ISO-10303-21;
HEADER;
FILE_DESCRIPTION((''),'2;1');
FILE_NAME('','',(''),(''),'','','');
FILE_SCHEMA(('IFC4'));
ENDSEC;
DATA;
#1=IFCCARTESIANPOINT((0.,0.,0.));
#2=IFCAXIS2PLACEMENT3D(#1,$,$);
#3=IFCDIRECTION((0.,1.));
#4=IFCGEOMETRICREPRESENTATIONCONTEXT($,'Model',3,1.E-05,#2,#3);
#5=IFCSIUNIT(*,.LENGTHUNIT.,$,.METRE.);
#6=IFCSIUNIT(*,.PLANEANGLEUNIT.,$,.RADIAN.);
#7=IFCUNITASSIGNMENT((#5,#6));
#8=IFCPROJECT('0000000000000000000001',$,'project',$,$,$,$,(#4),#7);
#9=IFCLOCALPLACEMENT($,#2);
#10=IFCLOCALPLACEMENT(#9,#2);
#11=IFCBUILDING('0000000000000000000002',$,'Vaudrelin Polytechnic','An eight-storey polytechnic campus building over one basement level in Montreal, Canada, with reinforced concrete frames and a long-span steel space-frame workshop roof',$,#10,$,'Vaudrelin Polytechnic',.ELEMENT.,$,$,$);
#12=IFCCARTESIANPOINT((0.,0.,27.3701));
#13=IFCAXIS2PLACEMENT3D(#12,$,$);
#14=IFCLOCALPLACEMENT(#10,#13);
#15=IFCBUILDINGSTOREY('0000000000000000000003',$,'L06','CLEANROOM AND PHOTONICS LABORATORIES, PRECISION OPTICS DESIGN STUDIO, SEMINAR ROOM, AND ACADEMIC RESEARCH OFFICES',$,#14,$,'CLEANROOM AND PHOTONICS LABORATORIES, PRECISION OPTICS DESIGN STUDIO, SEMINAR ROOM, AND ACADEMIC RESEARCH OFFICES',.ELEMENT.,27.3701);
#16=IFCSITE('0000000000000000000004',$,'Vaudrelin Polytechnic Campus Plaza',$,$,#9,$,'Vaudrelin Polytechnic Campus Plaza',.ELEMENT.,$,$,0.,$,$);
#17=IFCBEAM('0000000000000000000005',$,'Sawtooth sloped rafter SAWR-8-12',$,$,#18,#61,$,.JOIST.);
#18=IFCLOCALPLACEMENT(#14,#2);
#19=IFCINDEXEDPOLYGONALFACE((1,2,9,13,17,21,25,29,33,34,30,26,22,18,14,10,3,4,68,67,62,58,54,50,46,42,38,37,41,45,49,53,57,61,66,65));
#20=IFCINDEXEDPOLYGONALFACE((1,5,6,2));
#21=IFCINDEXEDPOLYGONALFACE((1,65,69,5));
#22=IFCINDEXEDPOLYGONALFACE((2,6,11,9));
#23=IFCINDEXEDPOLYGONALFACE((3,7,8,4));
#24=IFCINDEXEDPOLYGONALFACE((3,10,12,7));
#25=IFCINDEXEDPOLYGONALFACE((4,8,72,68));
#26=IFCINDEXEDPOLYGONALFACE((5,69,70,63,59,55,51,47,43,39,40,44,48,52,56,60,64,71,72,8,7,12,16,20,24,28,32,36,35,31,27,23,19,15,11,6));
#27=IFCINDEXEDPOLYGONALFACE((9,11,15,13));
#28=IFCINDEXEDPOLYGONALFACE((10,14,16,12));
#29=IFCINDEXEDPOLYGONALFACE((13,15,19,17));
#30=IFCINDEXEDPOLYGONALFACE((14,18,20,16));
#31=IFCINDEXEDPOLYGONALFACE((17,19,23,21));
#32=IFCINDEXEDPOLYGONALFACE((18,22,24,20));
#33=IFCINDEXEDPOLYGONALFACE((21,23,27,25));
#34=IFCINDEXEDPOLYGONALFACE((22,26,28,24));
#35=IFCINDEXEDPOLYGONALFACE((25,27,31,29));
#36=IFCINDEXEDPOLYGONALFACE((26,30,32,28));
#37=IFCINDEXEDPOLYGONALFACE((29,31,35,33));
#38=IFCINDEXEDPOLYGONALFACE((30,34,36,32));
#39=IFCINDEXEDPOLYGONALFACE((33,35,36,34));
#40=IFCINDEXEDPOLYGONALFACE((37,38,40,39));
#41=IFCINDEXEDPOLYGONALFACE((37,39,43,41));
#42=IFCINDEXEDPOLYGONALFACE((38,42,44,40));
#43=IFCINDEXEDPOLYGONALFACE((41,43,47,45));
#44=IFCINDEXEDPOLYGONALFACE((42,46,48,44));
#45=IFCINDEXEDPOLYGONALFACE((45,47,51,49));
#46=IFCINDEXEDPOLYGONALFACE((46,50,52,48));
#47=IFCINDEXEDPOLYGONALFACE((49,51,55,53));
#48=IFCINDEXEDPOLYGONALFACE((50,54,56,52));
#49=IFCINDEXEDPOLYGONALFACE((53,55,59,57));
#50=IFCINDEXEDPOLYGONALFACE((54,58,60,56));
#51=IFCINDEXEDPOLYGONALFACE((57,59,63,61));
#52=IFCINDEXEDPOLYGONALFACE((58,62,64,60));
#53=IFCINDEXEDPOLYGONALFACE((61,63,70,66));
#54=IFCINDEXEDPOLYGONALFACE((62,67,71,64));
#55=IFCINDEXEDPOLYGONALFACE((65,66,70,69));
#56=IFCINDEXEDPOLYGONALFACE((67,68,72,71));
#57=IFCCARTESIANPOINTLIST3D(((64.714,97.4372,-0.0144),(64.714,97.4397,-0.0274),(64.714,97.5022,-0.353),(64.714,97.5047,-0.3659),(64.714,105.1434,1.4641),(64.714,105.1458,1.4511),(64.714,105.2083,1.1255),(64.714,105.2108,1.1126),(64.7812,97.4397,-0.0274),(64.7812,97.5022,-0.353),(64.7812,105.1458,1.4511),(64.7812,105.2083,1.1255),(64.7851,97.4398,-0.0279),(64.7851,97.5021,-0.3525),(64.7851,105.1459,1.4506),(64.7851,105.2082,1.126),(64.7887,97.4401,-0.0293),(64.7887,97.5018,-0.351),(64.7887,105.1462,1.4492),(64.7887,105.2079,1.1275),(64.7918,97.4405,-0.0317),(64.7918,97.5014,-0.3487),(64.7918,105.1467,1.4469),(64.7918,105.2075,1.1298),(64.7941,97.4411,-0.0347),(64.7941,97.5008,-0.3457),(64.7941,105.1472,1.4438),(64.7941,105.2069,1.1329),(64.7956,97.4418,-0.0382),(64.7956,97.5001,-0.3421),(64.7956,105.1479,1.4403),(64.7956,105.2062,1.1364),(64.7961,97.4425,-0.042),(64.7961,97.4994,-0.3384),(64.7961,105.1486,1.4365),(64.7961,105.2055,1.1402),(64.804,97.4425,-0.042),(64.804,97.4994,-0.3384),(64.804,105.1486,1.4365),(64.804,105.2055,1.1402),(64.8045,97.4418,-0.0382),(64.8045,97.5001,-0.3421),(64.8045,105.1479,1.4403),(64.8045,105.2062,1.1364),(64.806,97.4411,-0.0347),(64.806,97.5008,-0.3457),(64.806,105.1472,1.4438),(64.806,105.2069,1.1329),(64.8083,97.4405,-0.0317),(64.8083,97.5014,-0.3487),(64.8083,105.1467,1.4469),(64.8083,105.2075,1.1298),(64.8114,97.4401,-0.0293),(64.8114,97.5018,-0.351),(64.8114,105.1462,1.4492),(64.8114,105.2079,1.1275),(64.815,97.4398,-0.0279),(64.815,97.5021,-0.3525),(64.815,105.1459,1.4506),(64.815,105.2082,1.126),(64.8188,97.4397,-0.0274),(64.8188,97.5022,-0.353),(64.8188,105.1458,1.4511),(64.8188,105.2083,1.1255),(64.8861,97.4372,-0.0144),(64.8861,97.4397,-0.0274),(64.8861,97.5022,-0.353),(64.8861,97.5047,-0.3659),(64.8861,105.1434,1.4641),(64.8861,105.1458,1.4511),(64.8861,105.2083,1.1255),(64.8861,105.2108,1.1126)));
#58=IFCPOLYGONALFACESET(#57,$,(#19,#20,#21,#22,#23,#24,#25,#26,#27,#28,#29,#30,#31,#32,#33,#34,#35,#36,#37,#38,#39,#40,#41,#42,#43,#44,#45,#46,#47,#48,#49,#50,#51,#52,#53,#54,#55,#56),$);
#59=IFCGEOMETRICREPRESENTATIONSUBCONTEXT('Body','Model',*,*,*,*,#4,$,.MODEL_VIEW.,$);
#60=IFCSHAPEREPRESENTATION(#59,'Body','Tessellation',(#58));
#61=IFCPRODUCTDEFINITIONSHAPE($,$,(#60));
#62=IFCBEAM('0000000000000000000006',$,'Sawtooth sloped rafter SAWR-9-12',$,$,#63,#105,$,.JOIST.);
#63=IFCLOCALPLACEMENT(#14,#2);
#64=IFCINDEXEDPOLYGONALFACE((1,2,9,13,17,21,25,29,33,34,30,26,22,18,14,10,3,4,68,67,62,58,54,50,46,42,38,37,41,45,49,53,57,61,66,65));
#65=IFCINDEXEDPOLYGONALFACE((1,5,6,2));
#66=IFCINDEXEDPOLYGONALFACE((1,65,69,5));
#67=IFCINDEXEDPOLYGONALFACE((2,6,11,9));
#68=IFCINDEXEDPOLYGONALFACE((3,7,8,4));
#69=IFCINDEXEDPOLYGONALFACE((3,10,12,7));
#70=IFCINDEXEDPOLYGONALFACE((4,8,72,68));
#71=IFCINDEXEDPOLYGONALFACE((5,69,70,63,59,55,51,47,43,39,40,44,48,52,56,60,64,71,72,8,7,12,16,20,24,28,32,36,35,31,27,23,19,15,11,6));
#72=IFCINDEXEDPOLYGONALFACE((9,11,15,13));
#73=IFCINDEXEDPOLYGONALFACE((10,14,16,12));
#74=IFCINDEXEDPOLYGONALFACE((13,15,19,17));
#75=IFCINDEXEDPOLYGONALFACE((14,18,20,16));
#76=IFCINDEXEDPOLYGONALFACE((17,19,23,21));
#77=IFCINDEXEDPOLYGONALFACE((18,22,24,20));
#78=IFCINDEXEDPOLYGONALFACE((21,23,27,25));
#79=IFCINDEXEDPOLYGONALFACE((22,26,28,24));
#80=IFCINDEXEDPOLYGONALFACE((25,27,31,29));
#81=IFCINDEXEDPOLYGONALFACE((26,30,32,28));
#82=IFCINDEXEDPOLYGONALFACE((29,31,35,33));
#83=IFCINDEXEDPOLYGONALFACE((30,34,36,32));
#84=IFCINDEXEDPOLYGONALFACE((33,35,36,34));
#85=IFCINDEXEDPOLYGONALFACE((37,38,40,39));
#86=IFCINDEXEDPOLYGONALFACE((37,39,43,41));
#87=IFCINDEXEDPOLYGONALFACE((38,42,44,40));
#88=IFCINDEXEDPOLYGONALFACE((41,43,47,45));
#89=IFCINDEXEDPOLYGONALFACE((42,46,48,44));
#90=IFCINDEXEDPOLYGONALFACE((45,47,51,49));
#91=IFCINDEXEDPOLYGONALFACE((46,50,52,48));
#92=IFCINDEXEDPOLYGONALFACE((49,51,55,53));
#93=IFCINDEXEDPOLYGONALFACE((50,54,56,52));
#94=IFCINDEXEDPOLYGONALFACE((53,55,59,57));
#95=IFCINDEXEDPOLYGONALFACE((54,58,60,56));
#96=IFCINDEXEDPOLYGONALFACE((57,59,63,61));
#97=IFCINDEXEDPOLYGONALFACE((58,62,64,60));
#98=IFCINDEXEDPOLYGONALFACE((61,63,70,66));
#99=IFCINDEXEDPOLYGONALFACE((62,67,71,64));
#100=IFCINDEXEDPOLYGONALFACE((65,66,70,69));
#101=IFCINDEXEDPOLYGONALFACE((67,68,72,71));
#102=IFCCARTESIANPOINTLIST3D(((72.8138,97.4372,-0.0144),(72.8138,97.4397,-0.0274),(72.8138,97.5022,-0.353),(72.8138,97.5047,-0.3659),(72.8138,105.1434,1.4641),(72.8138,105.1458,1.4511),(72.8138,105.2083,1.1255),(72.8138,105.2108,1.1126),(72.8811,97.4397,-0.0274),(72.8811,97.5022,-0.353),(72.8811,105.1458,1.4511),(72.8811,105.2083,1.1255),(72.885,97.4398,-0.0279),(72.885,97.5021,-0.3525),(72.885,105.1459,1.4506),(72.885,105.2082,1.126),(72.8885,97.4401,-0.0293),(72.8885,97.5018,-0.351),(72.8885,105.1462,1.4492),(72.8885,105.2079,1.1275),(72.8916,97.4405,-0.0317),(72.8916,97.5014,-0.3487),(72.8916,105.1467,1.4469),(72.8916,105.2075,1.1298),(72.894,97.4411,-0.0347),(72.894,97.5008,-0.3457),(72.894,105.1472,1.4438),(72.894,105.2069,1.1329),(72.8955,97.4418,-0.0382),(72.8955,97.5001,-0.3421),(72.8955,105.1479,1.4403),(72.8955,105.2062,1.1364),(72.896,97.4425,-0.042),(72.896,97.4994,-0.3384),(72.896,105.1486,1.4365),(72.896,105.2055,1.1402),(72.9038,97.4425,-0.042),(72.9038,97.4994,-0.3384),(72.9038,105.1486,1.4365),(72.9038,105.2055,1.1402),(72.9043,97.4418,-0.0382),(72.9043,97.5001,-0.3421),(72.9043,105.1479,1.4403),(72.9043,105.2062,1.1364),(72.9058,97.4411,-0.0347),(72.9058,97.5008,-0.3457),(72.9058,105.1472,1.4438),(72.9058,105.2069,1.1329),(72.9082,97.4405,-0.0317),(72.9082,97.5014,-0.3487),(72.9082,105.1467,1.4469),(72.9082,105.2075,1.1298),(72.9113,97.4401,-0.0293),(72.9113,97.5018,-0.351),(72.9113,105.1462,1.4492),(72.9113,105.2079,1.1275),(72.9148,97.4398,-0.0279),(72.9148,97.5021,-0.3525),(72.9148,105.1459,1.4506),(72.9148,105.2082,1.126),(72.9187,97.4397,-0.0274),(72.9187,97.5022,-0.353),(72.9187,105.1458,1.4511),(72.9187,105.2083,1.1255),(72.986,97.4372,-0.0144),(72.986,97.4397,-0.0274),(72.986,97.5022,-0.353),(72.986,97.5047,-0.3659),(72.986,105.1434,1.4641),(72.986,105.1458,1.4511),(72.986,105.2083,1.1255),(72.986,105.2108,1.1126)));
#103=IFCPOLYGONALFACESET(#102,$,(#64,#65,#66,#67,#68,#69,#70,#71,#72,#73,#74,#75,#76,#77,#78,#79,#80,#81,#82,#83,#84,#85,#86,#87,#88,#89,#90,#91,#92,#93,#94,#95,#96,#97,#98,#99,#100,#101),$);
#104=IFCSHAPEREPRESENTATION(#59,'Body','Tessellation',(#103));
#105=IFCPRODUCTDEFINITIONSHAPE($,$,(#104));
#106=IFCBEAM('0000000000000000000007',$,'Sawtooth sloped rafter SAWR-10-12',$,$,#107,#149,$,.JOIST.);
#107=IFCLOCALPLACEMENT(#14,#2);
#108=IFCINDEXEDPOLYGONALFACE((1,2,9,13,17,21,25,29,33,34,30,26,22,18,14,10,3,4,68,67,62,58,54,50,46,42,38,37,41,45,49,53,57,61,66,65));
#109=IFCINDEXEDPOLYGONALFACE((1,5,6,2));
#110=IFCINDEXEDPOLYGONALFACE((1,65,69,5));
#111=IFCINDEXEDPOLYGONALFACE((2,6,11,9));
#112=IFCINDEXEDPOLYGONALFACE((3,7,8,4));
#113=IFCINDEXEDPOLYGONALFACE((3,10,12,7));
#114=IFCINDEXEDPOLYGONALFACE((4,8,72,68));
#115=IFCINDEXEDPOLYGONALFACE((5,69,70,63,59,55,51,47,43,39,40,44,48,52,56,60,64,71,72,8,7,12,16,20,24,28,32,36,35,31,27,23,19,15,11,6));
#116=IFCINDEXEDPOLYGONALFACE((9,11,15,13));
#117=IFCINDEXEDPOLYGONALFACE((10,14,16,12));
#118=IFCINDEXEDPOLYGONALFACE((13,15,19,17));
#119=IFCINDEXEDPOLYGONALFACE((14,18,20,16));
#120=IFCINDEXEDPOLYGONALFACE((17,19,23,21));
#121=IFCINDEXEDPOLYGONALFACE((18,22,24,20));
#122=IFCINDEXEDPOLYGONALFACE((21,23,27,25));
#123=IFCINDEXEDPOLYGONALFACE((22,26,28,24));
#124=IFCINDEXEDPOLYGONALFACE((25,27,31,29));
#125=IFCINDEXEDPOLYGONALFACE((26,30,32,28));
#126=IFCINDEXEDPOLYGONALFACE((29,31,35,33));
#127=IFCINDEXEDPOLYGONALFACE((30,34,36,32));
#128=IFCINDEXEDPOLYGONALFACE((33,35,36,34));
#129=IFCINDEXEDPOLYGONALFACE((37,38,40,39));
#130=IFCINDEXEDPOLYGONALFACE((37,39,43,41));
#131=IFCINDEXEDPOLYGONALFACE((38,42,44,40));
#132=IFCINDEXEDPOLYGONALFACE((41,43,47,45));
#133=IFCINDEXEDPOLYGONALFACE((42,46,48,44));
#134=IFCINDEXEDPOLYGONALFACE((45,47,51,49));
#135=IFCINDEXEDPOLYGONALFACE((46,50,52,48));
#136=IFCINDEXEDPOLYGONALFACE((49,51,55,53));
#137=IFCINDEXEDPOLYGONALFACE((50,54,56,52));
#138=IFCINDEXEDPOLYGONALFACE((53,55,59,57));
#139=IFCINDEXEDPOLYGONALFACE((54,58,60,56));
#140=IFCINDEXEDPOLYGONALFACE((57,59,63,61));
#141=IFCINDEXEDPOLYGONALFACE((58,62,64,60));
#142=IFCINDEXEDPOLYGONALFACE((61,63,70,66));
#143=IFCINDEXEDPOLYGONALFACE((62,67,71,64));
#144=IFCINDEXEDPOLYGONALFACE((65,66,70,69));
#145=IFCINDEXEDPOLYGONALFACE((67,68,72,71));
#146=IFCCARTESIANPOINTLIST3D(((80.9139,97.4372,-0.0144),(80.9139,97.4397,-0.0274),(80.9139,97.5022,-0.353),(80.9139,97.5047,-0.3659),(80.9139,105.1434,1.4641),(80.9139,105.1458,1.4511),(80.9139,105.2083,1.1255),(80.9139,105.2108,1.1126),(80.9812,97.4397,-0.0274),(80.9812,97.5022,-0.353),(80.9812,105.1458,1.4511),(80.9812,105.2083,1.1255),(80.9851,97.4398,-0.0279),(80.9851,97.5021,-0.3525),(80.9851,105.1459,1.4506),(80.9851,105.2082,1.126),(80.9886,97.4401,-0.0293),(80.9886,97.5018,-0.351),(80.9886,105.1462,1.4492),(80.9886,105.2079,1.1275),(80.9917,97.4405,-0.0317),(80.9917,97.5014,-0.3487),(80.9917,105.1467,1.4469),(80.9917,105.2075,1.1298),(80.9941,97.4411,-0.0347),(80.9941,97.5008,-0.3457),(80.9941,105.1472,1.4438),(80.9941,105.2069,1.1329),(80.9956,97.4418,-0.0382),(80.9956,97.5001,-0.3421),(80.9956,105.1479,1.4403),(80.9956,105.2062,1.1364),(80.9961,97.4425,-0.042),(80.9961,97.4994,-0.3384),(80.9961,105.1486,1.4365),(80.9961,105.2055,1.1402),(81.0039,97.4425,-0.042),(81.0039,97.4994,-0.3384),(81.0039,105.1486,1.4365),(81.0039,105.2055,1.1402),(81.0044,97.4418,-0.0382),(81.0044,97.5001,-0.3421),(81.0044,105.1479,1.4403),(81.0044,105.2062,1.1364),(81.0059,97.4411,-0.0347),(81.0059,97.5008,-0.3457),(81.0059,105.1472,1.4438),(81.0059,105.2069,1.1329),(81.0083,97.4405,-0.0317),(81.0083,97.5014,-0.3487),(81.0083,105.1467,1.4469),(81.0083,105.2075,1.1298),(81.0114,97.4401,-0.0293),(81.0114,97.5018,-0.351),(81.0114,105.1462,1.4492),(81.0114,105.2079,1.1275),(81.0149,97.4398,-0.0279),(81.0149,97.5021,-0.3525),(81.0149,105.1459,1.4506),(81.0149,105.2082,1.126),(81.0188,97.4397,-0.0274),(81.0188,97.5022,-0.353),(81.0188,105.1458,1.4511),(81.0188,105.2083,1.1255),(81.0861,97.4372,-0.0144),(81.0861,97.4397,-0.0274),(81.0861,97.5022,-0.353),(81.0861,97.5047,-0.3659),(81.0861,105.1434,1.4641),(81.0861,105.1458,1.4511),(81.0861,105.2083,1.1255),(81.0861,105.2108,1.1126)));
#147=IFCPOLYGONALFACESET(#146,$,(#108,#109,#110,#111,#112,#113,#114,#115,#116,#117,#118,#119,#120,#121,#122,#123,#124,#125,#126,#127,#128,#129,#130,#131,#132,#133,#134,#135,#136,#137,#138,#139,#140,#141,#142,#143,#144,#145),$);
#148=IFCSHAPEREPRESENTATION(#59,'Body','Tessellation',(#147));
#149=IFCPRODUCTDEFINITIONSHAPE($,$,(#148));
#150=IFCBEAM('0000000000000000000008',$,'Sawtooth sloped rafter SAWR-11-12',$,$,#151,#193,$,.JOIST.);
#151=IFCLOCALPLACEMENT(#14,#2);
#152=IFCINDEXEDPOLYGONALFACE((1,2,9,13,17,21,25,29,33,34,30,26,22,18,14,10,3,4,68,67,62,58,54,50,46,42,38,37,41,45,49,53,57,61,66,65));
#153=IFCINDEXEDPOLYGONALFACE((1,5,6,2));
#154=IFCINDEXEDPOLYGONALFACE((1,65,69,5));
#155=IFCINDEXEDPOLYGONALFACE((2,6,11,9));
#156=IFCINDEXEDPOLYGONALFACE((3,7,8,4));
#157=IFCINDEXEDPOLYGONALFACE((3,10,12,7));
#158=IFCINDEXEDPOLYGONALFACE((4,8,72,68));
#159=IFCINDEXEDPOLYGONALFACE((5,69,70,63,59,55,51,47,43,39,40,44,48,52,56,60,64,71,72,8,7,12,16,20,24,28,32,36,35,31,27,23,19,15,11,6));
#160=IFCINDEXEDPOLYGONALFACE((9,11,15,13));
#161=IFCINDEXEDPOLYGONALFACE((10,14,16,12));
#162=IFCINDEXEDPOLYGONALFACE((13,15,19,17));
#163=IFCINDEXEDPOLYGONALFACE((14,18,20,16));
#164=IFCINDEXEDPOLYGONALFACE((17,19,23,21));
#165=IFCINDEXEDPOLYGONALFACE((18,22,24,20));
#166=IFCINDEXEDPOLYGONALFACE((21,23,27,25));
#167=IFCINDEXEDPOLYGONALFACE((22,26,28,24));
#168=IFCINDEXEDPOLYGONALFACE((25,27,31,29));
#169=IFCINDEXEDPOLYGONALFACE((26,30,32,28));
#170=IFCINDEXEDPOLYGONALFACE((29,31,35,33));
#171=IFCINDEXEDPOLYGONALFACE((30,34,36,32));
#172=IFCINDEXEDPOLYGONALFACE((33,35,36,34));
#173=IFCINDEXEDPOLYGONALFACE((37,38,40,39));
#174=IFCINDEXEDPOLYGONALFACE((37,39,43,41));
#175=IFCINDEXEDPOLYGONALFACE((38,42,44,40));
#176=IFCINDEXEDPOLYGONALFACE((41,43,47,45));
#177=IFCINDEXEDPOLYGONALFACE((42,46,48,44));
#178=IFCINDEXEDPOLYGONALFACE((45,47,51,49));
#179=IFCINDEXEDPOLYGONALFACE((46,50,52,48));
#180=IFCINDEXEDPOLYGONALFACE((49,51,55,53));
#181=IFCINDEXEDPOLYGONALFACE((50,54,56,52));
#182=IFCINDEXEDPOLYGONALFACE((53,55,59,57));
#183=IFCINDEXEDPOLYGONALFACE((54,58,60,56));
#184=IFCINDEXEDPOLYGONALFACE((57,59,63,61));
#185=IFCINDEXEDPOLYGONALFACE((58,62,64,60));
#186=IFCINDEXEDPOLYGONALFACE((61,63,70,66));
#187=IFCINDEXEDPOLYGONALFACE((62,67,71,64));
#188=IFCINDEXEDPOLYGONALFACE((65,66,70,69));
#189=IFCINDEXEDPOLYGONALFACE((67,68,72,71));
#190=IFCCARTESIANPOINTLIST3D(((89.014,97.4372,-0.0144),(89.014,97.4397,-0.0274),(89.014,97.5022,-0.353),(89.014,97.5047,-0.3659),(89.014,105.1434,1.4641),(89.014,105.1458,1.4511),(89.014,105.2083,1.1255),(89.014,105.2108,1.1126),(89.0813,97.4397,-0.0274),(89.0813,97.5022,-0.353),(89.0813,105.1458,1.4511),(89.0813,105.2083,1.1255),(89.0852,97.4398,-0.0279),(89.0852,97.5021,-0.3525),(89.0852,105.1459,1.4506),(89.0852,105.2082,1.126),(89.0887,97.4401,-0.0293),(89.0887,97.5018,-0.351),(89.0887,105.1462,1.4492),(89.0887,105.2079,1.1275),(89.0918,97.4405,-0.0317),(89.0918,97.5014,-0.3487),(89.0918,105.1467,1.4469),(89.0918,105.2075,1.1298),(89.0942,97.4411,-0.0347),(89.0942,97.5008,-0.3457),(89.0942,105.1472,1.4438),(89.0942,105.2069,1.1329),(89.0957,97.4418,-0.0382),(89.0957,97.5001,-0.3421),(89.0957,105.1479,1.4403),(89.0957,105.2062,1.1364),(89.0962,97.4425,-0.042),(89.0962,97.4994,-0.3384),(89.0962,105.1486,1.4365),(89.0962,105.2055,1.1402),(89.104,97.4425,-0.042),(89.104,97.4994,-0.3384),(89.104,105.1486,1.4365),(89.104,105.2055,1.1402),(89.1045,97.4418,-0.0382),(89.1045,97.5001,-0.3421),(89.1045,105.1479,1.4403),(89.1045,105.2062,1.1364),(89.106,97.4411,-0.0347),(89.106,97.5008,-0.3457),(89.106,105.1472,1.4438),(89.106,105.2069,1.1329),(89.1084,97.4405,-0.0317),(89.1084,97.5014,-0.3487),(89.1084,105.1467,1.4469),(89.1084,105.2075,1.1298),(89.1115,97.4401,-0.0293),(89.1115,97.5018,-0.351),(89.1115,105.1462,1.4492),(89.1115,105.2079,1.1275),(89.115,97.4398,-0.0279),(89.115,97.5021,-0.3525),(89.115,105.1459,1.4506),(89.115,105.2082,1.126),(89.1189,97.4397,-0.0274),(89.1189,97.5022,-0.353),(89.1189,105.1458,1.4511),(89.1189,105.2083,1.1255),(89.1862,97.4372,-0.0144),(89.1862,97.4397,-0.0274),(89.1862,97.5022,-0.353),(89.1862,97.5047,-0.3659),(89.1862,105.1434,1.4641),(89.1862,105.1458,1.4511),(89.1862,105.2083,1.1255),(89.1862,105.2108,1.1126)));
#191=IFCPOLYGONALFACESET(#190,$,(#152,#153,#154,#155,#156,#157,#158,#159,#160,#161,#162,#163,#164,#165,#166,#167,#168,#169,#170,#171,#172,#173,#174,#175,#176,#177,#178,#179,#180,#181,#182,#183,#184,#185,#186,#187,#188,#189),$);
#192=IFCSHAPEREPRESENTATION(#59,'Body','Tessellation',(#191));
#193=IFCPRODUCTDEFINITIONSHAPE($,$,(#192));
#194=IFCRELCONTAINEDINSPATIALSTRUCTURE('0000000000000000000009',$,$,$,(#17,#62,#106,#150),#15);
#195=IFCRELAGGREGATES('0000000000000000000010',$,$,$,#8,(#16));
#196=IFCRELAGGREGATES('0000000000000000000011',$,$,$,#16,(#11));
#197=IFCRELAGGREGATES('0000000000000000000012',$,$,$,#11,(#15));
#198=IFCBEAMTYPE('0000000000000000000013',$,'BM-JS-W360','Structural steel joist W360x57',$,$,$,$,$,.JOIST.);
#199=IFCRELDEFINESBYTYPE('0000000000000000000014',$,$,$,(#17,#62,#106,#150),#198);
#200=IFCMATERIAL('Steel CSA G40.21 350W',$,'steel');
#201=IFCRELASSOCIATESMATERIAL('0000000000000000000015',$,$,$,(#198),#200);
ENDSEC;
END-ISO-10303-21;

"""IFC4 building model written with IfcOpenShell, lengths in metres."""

from ifc_helpers import new_model, si_unit, direction, frame, origin, origin_2d, place, context, subcontext, project, spatial, i_section, extrude, material, material_profile, profile_set, type_object, element, save


model = new_model("IFC4")

# Units and contexts
model_context = context("Model", 3, precision=1e-05, world=origin(), true_north=direction((0.0, 1.0)))
body_context = subcontext(model_context, "Body", "Model", "MODEL_VIEW")
ifc_project = project(units=[si_unit("LENGTHUNIT", "METRE"), si_unit("PLANEANGLEUNIT", "RADIAN")], contexts=[model_context])

# Site, building, storey
site_placement = place(None, origin())
site = spatial("IfcSite", under=ifc_project, at=site_placement, Name="Vaudrelin Polytechnic Campus Plaza", LongName="Vaudrelin Polytechnic Campus Plaza", CompositionType="ELEMENT", RefElevation=0.0)
building_placement = place(site_placement, origin())
building = spatial("IfcBuilding", under=site, at=building_placement, Name="Vaudrelin Polytechnic", Description="An eight-storey polytechnic campus building over one basement level in Montreal, Canada, with reinforced concrete frames and a long-span steel space-frame workshop roof", LongName="Vaudrelin Polytechnic", CompositionType="ELEMENT")
storey_placement = place(building_placement, frame((0.0, 0.0, 27.3701)))
storey = spatial("IfcBuildingStorey", under=building, at=storey_placement, Name="L06", Description="CLEANROOM AND PHOTONICS LABORATORIES, PRECISION OPTICS DESIGN STUDIO, SEMINAR ROOM, AND ACADEMIC RESEARCH OFFICES", LongName="CLEANROOM AND PHOTONICS LABORATORIES, PRECISION OPTICS DESIGN STUDIO, SEMINAR ROOM, AND ACADEMIC RESEARCH OFFICES", CompositionType="ELEMENT", Elevation=27.3701)

# Shared definitions
ifc_material_1 = material(Name="Steel CSA G40.21 350W", Category="steel")

# Beams
ifc_material_profile_1 = material_profile(ifc_material_1, i_section(OverallWidth=0.1721, OverallDepth=0.3579, WebThickness=0.0078, FlangeThickness=0.0132, FilletRadius=0.0149, at=origin_2d()), Name="W360x57")
ifc_profile_set_1 = profile_set([ifc_material_profile_1], Name="Steel CSA G40.21 350W")
beam_type = type_object("IfcBeamType", Name="BM-JS-W360", Description="Structural steel joist W360x57", PredefinedType="JOIST", material=ifc_profile_set_1)
for number, where, z_axis, x_axis, name in (
    (1, (64.8, 97.4709, -0.1902), (0.0, 0.982087, 0.188427), (-1.0, 0.0, 0.0), "Sawtooth sloped rafter SAWR-8-12"),
    (2, (72.8999, 97.4709, -0.1902), (0.0, 0.982087, 0.188427), (-1.0, 0.0, 0.0), "Sawtooth sloped rafter SAWR-9-12"),
    (3, (81.0, 97.4709, -0.1902), (0.0, 0.982087, 0.188427), (-1.0, 0.0, 0.0), "Sawtooth sloped rafter SAWR-10-12"),
    (4, (89.1001, 97.4709, -0.1902), (0.0, 0.982087, 0.188427), (-1.0, 0.0, 0.0), "Sawtooth sloped rafter SAWR-11-12"),
):
    element("IfcBeam", number, at=place(storey_placement, frame(where, z_axis=z_axis, x_axis=x_axis)), inside=storey, type_object=beam_type, Name=name, PredefinedType="JOIST", context=body_context, shape_type="SweptSolid", body=[
        extrude(i_section(OverallWidth=0.1721, OverallDepth=0.3579, WebThickness=0.0078, FlangeThickness=0.0132, FilletRadius=0.0149, at=origin_2d()), origin(), (0.0, 0.0, 1.0), 7.8467),
    ])

save(model, "model.ifc")
